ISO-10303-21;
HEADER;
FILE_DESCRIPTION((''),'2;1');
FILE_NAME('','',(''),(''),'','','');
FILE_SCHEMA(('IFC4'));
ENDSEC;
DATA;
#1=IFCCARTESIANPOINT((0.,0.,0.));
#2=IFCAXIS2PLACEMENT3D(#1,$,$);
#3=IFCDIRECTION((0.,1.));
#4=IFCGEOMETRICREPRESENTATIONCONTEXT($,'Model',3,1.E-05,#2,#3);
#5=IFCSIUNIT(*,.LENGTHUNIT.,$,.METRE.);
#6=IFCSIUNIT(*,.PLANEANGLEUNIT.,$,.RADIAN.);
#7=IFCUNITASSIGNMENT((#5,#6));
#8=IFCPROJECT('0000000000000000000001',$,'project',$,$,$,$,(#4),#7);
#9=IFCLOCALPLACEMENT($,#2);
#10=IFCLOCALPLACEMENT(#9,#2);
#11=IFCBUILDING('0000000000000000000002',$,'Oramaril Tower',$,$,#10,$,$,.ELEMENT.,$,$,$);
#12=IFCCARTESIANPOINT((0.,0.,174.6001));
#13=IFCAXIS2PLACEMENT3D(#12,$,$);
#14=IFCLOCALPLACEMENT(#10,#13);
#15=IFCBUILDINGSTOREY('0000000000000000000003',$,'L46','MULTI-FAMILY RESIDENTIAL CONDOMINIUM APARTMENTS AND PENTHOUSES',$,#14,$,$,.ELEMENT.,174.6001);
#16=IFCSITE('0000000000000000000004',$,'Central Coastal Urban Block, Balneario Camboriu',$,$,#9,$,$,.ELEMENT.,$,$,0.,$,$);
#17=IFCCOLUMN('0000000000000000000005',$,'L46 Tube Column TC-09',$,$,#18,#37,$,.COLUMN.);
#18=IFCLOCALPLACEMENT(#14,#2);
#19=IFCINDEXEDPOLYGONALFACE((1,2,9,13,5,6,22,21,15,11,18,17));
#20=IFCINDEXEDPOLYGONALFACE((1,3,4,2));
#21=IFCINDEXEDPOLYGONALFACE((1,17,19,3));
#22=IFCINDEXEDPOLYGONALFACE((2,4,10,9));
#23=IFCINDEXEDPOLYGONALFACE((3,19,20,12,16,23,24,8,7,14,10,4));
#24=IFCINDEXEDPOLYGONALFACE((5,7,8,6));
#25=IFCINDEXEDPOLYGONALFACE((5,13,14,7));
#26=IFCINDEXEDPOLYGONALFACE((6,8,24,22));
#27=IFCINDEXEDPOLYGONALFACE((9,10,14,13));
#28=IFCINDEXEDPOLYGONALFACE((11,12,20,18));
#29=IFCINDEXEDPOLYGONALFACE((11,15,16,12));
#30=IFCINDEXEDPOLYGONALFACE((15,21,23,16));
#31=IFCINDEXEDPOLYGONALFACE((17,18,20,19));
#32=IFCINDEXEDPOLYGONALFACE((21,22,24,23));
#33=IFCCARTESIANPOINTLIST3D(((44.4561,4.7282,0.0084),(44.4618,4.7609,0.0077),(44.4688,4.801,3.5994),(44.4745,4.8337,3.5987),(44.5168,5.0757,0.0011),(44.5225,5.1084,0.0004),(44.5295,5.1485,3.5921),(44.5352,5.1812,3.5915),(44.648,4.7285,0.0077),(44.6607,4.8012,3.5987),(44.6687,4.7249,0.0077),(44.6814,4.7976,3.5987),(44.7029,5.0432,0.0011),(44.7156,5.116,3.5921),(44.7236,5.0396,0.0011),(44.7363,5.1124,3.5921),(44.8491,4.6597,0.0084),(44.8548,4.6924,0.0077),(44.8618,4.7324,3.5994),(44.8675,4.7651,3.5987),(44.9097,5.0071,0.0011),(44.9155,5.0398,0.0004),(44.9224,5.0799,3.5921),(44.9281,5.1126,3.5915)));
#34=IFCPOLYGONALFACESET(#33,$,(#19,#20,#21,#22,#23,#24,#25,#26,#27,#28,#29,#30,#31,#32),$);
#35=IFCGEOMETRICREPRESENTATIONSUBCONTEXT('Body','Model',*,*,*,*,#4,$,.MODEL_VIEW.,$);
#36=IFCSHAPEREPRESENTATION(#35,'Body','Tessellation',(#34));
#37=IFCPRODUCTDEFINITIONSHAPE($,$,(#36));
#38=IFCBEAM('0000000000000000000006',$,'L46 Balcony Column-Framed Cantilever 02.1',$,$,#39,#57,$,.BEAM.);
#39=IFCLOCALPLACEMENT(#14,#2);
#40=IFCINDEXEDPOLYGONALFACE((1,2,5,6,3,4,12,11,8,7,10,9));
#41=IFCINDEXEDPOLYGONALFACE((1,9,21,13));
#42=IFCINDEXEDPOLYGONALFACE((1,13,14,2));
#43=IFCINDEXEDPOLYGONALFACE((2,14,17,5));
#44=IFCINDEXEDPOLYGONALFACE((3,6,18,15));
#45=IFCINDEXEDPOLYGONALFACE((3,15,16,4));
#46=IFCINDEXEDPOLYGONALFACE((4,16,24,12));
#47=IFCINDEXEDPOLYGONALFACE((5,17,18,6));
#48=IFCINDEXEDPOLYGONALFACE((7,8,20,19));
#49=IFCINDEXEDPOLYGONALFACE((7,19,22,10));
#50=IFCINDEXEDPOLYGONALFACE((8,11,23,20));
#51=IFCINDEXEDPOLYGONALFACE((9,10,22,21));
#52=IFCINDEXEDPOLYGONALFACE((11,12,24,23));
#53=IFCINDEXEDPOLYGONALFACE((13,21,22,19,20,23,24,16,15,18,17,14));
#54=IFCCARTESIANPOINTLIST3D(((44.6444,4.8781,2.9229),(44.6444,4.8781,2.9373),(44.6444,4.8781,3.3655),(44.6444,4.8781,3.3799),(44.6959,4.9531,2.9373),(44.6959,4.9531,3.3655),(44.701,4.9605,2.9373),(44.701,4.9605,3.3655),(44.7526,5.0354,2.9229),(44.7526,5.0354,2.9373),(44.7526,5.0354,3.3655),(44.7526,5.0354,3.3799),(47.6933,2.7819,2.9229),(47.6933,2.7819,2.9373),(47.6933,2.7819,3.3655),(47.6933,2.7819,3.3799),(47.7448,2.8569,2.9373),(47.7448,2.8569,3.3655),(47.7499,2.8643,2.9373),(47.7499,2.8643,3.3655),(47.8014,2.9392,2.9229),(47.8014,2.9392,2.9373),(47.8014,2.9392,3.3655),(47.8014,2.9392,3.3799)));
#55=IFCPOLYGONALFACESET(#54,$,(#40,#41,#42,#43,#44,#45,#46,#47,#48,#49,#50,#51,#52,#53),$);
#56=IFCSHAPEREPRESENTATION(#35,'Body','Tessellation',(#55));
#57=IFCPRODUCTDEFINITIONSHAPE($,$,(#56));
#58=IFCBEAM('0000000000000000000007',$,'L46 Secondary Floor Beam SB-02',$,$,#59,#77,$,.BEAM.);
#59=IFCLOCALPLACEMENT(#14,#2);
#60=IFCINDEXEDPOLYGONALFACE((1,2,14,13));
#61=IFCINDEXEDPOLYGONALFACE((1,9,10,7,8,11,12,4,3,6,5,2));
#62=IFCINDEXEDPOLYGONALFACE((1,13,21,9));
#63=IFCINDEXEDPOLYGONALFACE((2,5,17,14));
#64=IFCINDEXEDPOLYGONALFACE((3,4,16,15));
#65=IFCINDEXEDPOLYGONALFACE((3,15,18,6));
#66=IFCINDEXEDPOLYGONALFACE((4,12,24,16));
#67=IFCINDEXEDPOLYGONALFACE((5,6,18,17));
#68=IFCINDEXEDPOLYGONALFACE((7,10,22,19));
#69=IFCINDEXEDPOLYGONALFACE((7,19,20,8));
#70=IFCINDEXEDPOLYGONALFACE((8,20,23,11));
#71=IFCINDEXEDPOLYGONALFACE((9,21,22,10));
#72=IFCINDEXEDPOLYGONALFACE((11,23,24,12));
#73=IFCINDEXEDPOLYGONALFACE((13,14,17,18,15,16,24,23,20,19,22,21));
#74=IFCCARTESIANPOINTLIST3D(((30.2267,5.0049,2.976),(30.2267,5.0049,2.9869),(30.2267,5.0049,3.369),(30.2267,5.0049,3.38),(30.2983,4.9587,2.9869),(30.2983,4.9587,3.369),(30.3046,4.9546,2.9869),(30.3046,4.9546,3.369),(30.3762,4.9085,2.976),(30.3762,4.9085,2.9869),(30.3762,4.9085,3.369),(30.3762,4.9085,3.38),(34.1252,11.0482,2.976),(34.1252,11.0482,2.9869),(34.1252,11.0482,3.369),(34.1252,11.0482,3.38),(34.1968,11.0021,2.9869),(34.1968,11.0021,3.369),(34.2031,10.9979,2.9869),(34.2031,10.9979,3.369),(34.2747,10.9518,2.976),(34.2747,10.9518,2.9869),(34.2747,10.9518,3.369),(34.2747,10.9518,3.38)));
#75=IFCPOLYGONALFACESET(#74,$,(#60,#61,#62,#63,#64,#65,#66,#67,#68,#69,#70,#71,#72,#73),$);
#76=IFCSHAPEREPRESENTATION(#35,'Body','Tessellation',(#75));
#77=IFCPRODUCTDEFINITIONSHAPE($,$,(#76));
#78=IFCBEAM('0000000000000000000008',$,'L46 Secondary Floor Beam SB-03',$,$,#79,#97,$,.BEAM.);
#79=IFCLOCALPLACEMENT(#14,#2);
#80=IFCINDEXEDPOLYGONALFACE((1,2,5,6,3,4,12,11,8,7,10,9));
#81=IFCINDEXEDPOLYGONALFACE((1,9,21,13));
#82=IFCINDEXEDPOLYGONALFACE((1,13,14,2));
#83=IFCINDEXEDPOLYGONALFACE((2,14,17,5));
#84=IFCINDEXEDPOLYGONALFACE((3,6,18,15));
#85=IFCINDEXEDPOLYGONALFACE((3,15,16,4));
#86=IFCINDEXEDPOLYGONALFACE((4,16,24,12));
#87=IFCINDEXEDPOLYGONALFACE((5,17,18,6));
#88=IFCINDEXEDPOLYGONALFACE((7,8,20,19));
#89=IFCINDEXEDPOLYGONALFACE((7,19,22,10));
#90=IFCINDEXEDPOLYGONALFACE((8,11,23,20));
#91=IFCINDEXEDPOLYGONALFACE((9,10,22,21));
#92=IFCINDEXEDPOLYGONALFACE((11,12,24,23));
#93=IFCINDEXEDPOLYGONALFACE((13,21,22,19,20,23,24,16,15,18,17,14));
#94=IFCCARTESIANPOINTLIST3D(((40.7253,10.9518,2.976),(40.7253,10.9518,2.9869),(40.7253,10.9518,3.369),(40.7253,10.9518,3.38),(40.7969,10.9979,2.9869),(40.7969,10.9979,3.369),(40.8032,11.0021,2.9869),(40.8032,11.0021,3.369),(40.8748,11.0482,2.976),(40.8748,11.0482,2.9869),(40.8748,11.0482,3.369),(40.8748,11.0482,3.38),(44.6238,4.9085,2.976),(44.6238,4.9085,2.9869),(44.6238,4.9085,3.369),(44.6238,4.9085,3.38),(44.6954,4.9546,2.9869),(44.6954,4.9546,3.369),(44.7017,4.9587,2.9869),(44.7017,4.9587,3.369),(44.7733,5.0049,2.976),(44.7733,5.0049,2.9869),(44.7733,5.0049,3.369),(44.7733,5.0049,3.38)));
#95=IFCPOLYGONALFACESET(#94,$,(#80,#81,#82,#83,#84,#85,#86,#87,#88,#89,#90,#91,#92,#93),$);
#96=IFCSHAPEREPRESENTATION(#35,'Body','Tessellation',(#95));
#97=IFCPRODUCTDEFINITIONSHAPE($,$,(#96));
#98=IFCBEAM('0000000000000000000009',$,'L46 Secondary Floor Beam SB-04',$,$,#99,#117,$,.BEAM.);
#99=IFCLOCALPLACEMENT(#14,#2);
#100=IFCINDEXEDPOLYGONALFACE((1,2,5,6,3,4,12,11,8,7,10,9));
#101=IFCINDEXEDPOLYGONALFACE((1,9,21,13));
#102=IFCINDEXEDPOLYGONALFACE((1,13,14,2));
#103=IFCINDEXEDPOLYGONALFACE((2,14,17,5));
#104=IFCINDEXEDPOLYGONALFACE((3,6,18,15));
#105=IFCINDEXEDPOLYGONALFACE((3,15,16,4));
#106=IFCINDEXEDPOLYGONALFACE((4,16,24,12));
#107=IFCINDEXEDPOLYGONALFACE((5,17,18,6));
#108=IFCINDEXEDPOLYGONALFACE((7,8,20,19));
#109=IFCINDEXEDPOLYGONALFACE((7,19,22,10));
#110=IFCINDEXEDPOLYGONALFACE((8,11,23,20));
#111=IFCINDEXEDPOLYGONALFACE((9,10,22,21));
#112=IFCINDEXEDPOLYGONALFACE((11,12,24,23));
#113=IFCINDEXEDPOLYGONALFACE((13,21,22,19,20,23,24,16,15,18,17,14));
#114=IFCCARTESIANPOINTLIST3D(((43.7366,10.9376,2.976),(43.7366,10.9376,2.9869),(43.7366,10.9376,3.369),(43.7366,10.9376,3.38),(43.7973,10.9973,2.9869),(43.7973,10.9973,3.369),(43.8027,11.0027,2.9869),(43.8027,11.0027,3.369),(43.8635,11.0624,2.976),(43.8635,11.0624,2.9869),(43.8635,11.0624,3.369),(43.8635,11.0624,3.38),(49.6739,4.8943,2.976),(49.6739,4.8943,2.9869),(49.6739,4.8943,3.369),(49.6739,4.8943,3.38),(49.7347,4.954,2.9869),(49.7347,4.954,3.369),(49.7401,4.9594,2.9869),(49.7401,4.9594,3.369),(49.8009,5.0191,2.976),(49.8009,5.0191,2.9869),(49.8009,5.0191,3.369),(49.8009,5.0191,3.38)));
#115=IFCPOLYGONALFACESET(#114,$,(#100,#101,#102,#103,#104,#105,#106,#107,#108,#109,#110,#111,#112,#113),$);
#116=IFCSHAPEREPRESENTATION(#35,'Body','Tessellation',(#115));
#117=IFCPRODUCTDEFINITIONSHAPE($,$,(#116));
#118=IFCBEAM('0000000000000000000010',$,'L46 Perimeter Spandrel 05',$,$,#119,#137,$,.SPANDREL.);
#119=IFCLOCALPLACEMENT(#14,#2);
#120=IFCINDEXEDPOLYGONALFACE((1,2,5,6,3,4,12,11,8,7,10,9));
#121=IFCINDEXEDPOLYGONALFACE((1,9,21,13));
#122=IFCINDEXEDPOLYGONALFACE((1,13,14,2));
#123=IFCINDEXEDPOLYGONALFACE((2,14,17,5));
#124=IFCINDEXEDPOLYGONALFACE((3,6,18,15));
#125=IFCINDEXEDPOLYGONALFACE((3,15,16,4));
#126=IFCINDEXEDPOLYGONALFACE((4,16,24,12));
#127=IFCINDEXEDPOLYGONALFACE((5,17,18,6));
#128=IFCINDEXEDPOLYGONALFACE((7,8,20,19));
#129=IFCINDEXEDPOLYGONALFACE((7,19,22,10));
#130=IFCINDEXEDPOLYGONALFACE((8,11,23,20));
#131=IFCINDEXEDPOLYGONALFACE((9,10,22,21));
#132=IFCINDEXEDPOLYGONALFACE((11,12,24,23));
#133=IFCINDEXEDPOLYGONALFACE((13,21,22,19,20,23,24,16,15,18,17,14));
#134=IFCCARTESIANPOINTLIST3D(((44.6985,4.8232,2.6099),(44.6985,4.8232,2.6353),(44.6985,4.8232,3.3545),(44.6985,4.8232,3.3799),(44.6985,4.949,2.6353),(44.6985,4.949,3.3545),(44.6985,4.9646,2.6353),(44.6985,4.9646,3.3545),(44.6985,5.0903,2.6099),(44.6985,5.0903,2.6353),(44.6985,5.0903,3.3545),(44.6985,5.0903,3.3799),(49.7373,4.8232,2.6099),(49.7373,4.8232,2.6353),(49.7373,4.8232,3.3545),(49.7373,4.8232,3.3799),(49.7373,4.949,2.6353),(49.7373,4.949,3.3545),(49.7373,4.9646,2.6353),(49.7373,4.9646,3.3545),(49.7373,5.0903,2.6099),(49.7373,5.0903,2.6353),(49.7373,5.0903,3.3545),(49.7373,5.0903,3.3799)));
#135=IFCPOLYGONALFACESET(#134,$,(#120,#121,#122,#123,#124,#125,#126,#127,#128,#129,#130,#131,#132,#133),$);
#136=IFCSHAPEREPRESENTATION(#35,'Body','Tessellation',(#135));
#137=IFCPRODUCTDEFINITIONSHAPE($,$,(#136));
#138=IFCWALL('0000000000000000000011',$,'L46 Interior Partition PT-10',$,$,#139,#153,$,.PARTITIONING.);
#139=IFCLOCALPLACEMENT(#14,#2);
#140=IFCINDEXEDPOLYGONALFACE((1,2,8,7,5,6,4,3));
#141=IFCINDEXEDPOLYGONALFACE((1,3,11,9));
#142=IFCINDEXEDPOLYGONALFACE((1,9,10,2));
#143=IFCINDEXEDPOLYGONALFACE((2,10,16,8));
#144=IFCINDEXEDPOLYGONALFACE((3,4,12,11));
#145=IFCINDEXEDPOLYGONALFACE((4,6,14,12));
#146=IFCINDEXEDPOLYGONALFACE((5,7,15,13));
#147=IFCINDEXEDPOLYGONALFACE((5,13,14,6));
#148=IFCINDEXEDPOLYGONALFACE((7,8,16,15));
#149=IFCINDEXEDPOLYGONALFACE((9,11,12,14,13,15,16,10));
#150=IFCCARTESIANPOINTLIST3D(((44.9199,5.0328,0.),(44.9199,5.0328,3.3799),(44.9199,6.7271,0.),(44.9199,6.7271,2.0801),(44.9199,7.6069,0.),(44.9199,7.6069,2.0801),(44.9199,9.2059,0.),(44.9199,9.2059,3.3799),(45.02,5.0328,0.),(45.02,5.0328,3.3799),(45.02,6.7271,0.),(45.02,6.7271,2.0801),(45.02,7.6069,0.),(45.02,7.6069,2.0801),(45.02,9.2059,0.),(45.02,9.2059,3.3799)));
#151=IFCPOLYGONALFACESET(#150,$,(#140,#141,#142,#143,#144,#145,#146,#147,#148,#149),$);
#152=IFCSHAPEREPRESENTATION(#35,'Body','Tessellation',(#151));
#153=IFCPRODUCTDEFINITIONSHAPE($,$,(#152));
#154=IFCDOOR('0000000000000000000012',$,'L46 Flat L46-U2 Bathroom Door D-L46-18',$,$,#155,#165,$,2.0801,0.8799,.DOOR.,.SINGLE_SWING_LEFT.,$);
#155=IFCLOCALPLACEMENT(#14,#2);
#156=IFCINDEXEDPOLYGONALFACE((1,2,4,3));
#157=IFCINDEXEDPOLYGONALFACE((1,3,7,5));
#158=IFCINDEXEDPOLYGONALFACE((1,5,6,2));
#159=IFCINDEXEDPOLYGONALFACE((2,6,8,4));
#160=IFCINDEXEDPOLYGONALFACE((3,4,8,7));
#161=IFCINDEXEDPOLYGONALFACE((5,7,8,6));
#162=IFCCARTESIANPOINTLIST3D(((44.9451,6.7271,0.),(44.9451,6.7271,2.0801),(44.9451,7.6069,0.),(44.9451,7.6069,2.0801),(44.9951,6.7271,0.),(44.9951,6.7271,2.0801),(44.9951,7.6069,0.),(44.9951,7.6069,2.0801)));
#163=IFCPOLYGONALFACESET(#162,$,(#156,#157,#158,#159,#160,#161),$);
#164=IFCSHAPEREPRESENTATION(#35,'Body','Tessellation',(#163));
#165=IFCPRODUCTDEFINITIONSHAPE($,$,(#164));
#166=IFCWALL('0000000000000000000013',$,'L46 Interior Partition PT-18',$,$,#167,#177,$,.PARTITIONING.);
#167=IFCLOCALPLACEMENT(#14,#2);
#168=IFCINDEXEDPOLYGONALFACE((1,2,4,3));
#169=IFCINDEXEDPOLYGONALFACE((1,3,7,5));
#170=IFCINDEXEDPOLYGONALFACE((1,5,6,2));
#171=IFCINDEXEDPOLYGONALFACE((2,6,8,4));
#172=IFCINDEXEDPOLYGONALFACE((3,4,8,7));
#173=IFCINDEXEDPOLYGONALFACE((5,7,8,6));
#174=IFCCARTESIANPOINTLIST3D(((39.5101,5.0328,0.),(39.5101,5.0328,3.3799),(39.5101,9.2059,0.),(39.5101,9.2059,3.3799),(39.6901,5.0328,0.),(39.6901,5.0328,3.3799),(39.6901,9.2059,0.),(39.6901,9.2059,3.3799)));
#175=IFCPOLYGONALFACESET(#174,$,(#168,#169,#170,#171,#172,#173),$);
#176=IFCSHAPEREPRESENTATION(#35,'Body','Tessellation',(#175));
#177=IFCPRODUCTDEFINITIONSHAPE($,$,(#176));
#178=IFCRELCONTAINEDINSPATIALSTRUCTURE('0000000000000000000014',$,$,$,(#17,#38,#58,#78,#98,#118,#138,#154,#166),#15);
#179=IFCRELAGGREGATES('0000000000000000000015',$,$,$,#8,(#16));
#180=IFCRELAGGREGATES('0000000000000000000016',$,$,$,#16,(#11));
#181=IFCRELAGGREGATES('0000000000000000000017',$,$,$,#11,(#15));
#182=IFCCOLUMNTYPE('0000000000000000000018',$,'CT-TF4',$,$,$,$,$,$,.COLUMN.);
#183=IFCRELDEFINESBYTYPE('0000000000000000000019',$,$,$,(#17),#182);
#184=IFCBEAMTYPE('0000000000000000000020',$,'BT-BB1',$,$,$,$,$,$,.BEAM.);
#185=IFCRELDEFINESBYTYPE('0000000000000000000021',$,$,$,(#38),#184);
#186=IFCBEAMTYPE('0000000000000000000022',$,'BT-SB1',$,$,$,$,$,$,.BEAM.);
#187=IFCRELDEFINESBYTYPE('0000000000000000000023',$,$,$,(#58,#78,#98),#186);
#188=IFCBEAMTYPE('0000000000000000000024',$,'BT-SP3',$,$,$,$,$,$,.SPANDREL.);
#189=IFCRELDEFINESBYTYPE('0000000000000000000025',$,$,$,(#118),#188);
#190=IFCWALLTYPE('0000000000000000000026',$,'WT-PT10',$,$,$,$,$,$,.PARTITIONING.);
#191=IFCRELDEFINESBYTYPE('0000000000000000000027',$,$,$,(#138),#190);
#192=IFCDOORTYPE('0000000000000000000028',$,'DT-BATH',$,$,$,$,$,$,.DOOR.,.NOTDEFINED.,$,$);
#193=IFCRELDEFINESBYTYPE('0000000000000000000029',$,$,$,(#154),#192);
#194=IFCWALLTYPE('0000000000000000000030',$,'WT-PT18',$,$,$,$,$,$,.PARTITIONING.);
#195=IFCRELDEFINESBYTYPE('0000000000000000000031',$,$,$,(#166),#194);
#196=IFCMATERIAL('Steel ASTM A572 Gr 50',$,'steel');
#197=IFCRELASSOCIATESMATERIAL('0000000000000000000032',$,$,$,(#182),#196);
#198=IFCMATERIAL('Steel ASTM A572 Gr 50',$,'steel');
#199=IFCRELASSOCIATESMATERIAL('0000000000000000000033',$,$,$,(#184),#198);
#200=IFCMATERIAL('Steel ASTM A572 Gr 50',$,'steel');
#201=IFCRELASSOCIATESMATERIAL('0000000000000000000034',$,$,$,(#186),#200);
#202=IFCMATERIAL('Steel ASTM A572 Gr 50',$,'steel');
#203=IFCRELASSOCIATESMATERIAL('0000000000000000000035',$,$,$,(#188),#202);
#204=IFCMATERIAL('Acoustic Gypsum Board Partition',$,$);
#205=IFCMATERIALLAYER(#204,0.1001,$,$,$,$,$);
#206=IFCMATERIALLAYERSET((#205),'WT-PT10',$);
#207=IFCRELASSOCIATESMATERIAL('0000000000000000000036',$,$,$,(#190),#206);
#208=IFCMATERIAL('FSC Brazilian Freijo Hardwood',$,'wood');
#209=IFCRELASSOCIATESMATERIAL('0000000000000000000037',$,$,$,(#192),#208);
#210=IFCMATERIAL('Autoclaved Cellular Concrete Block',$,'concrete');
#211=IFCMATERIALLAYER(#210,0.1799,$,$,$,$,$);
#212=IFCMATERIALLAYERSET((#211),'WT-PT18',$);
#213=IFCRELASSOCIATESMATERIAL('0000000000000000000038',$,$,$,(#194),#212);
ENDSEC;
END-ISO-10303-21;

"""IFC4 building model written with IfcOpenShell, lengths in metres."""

from ifc_helpers import new_model, si_unit, direction, frame, frame_2d, origin, origin_2d, place, context, subcontext, project, spatial, rectangle, i_section, extrude, material, layer, layer_set, material_profile, profile_set, type_object, element, fill, save


model = new_model("IFC4")

# Units and contexts
model_context = context("Model", 3, precision=1e-05, world=origin(), true_north=direction((0.0, 1.0)))
body_context = subcontext(model_context, "Body", "Model", "MODEL_VIEW")
ifc_project = project(units=[si_unit("LENGTHUNIT", "METRE"), si_unit("PLANEANGLEUNIT", "RADIAN")], contexts=[model_context])

# Site, building, storey
site_placement = place(None, origin())
site = spatial("IfcSite", under=ifc_project, at=site_placement, Name="Central Coastal Urban Block, Balneario Camboriu", CompositionType="ELEMENT", RefElevation=0.0)
building_placement = place(site_placement, origin())
building = spatial("IfcBuilding", under=site, at=building_placement, Name="Oramaril Tower", CompositionType="ELEMENT")
storey_placement = place(building_placement, frame((0.0, 0.0, 174.6001)))
storey = spatial("IfcBuildingStorey", under=building, at=storey_placement, Name="L46", Description="MULTI-FAMILY RESIDENTIAL CONDOMINIUM APARTMENTS AND PENTHOUSES", CompositionType="ELEMENT", Elevation=174.6001)

# Column
ifc_material_1 = material(Name="Steel ASTM A572 Gr 50", Category="steel")
ifc_material_profile_1 = material_profile(ifc_material_1, i_section(OverallWidth=0.3989, OverallDepth=0.386, WebThickness=0.021, FlangeThickness=0.0332, at=origin_2d()), Name="W14X176")
ifc_profile_set_1 = profile_set([ifc_material_profile_1], Name="Steel ASTM A572 Gr 50")
column_type = type_object("IfcColumnType", Name="CT-TF4", PredefinedType="COLUMN", material=ifc_profile_set_1)
column_placement = place(storey_placement, frame((44.6858, 4.884, 0.0044), z_axis=(0.003535, 0.020255, 0.999789), x_axis=(-0.985115, 0.171899, 0.0)))
element("IfcColumn", 1, at=column_placement, inside=storey, type_object=column_type, Name="L46 Tube Column TC-09", PredefinedType="COLUMN", context=body_context, shape_type="SweptSolid", body=[
    extrude(i_section(OverallWidth=0.3989, OverallDepth=0.386, WebThickness=0.021, FlangeThickness=0.0332, at=origin_2d()), origin(), (0.0, 0.0, 1.0), 3.5918),
])

# Beams
ifc_material_2 = material(Name="Steel ASTM A572 Gr 50", Category="steel")
ifc_material_profile_2 = material_profile(ifc_material_2, i_section(OverallWidth=0.1909, OverallDepth=0.457, WebThickness=0.009, FlangeThickness=0.0144, at=origin_2d()), Name="W18X50")
ifc_profile_set_2 = profile_set([ifc_material_profile_2], Name="Steel ASTM A572 Gr 50")
beam_type_1 = type_object("IfcBeamType", Name="BT-BB1", PredefinedType="BEAM", material=ifc_profile_set_2)
beam_1_placement = place(storey_placement, frame((44.6985, 4.9568, 3.1514), z_axis=(0.824027, -0.566551, 0.0), x_axis=(0.566551, 0.824027, 0.0)))
element("IfcBeam", 2, at=beam_1_placement, inside=storey, type_object=beam_type_1, Name="L46 Balcony Column-Framed Cantilever 02.1", PredefinedType="BEAM", context=body_context, shape_type="SweptSolid", body=[
    extrude(i_section(OverallWidth=0.1909, OverallDepth=0.457, WebThickness=0.009, FlangeThickness=0.0144, at=origin_2d()), origin(), (0.0, 0.0, 1.0), 3.7),
])
ifc_material_3 = material(Name="Steel ASTM A572 Gr 50", Category="steel")
ifc_material_profile_3 = material_profile(ifc_material_3, i_section(OverallWidth=0.178, OverallDepth=0.4041, WebThickness=0.0076, FlangeThickness=0.011, at=origin_2d()), Name="W16X36")
ifc_profile_set_3 = profile_set([ifc_material_profile_3], Name="Steel ASTM A572 Gr 50")
beam_type_2 = type_object("IfcBeamType", Name="BT-SB1", PredefinedType="BEAM", material=ifc_profile_set_3)
for number, where, z_axis, x_axis, name in (
    (3, (34.2, 11.0, 3.178), (-0.542087, -0.840323, 0.0), (0.840323, -0.542087, 0.0), "L46 Secondary Floor Beam SB-02"),
    (4, (40.8, 11.0, 3.178), (0.542087, -0.840323, 0.0), (0.840323, 0.542087, 0.0), "L46 Secondary Floor Beam SB-03"),
):
    element("IfcBeam", number, at=place(storey_placement, frame(where, z_axis=z_axis, x_axis=x_axis)), inside=storey, type_object=beam_type_2, Name=name, PredefinedType="BEAM", context=body_context, shape_type="SweptSolid", body=[
        extrude(i_section(OverallWidth=0.178, OverallDepth=0.4041, WebThickness=0.0076, FlangeThickness=0.011, at=origin_2d()), origin(), (0.0, 0.0, 1.0), 7.1917),
    ])
beam_2_placement = place(storey_placement, frame((43.8, 11.0, 3.178), z_axis=(0.700826, -0.713333, 0.0), x_axis=(0.713333, 0.700826, 0.0)))
element("IfcBeam", 5, at=beam_2_placement, inside=storey, type_object=beam_type_2, Name="L46 Secondary Floor Beam SB-04", PredefinedType="BEAM", context=body_context, shape_type="SweptSolid", body=[
    extrude(i_section(OverallWidth=0.178, OverallDepth=0.4041, WebThickness=0.0076, FlangeThickness=0.011, at=origin_2d()), origin(), (0.0, 0.0, 1.0), 8.4719),
])
ifc_material_4 = material(Name="Steel ASTM A572 Gr 50", Category="steel")
ifc_material_profile_4 = material_profile(ifc_material_4, i_section(OverallWidth=0.2671, OverallDepth=0.77, WebThickness=0.0156, FlangeThickness=0.0254, at=origin_2d()), Name="W30X132")
ifc_profile_set_4 = profile_set([ifc_material_profile_4], Name="Steel ASTM A572 Gr 50")
beam_type_3 = type_object("IfcBeamType", Name="BT-SP3", PredefinedType="SPANDREL", material=ifc_profile_set_4)
beam_3_placement = place(storey_placement, frame((44.6985, 4.9568, 2.9949), z_axis=(1.0, 0.0, 0.0), x_axis=(0.0, 1.0, 0.0)))
element("IfcBeam", 6, at=beam_3_placement, inside=storey, type_object=beam_type_3, Name="L46 Perimeter Spandrel 05", PredefinedType="SPANDREL", context=body_context, shape_type="SweptSolid", body=[
    extrude(i_section(OverallWidth=0.2671, OverallDepth=0.77, WebThickness=0.0156, FlangeThickness=0.0254, at=origin_2d()), origin(), (0.0, 0.0, 1.0), 5.0388),
])

# Wall, opening, door
ifc_material_5 = material(Name="Acoustic Gypsum Board Partition")
ifc_layer_1 = layer(ifc_material_5, 0.1001)
ifc_layer_set_1 = layer_set([ifc_layer_1], Name="WT-PT10")
wall_type_1 = type_object("IfcWallType", Name="WT-PT10", PredefinedType="PARTITIONING", material=ifc_layer_set_1)
wall_1_placement = place(storey_placement, frame((44.97, 5.033, 0.0), z_axis=(0.0, 0.0, 1.0), x_axis=(0.0, 1.0, 0.0)))
wall_1 = element("IfcWall", 7, at=wall_1_placement, inside=storey, type_object=wall_type_1, Name="L46 Interior Partition PT-10", PredefinedType="PARTITIONING", context=body_context, shape_type="SweptSolid", body=[
    extrude(rectangle(XDim=4.1731, YDim=0.1001, at=frame_2d((2.0864, 0.0))), origin(), (0.0, 0.0, 1.0), 3.3799),
])
opening_placement = place(wall_1_placement, frame((1.6941, 0.0, 0.0)))
opening = element("IfcOpeningElement", 8, at=opening_placement, cuts=wall_1, PredefinedType="OPENING", context=body_context, shape_type="SweptSolid", body=[
    extrude(rectangle(XDim=0.8799, YDim=2.0801, at=frame_2d((0.4399, 1.04))), frame((0.0, 0.05, 0.0), z_axis=(0.0, -1.0, 0.0), x_axis=(1.0, 0.0, 0.0)), (0.0, 0.0, 1.0), 0.1001),
])
ifc_material_6 = material(Name="FSC Brazilian Freijo Hardwood", Category="wood")
door_type = type_object("IfcDoorType", Name="DT-BATH", OperationType="NOTDEFINED", PredefinedType="DOOR", material=ifc_material_6)
door_placement = place(opening_placement, origin())
door = element("IfcDoor", 9, at=door_placement, inside=storey, type_object=door_type, Name="L46 Flat L46-U2 Bathroom Door D-L46-18", OperationType="SINGLE_SWING_LEFT", OverallHeight=2.0801, OverallWidth=0.8799, PredefinedType="DOOR", context=body_context, shape_type="SweptSolid", body=[
    extrude(rectangle(XDim=0.8799, YDim=2.0801, at=frame_2d((0.4399, 1.04))), frame((0.0, 0.0249, 0.0), z_axis=(0.0, -1.0, 0.0), x_axis=(1.0, 0.0, 0.0)), (0.0, 0.0, 1.0), 0.05),
])
fill(opening, door)

# Wall
ifc_material_7 = material(Name="Autoclaved Cellular Concrete Block", Category="concrete")
ifc_layer_2 = layer(ifc_material_7, 0.1799)
ifc_layer_set_2 = layer_set([ifc_layer_2], Name="WT-PT18")
wall_type_2 = type_object("IfcWallType", Name="WT-PT18", PredefinedType="PARTITIONING", material=ifc_layer_set_2)
wall_2_placement = place(storey_placement, frame((39.6001, 5.033, 0.0), z_axis=(0.0, 0.0, 1.0), x_axis=(0.0, 1.0, 0.0)))
element("IfcWall", 10, at=wall_2_placement, inside=storey, type_object=wall_type_2, Name="L46 Interior Partition PT-18", PredefinedType="PARTITIONING", context=body_context, shape_type="SweptSolid", body=[
    extrude(rectangle(XDim=4.1731, YDim=0.1799, at=frame_2d((2.0864, 0.0))), origin(), (0.0, 0.0, 1.0), 3.3799),
])

save(model, "model.ifc")
